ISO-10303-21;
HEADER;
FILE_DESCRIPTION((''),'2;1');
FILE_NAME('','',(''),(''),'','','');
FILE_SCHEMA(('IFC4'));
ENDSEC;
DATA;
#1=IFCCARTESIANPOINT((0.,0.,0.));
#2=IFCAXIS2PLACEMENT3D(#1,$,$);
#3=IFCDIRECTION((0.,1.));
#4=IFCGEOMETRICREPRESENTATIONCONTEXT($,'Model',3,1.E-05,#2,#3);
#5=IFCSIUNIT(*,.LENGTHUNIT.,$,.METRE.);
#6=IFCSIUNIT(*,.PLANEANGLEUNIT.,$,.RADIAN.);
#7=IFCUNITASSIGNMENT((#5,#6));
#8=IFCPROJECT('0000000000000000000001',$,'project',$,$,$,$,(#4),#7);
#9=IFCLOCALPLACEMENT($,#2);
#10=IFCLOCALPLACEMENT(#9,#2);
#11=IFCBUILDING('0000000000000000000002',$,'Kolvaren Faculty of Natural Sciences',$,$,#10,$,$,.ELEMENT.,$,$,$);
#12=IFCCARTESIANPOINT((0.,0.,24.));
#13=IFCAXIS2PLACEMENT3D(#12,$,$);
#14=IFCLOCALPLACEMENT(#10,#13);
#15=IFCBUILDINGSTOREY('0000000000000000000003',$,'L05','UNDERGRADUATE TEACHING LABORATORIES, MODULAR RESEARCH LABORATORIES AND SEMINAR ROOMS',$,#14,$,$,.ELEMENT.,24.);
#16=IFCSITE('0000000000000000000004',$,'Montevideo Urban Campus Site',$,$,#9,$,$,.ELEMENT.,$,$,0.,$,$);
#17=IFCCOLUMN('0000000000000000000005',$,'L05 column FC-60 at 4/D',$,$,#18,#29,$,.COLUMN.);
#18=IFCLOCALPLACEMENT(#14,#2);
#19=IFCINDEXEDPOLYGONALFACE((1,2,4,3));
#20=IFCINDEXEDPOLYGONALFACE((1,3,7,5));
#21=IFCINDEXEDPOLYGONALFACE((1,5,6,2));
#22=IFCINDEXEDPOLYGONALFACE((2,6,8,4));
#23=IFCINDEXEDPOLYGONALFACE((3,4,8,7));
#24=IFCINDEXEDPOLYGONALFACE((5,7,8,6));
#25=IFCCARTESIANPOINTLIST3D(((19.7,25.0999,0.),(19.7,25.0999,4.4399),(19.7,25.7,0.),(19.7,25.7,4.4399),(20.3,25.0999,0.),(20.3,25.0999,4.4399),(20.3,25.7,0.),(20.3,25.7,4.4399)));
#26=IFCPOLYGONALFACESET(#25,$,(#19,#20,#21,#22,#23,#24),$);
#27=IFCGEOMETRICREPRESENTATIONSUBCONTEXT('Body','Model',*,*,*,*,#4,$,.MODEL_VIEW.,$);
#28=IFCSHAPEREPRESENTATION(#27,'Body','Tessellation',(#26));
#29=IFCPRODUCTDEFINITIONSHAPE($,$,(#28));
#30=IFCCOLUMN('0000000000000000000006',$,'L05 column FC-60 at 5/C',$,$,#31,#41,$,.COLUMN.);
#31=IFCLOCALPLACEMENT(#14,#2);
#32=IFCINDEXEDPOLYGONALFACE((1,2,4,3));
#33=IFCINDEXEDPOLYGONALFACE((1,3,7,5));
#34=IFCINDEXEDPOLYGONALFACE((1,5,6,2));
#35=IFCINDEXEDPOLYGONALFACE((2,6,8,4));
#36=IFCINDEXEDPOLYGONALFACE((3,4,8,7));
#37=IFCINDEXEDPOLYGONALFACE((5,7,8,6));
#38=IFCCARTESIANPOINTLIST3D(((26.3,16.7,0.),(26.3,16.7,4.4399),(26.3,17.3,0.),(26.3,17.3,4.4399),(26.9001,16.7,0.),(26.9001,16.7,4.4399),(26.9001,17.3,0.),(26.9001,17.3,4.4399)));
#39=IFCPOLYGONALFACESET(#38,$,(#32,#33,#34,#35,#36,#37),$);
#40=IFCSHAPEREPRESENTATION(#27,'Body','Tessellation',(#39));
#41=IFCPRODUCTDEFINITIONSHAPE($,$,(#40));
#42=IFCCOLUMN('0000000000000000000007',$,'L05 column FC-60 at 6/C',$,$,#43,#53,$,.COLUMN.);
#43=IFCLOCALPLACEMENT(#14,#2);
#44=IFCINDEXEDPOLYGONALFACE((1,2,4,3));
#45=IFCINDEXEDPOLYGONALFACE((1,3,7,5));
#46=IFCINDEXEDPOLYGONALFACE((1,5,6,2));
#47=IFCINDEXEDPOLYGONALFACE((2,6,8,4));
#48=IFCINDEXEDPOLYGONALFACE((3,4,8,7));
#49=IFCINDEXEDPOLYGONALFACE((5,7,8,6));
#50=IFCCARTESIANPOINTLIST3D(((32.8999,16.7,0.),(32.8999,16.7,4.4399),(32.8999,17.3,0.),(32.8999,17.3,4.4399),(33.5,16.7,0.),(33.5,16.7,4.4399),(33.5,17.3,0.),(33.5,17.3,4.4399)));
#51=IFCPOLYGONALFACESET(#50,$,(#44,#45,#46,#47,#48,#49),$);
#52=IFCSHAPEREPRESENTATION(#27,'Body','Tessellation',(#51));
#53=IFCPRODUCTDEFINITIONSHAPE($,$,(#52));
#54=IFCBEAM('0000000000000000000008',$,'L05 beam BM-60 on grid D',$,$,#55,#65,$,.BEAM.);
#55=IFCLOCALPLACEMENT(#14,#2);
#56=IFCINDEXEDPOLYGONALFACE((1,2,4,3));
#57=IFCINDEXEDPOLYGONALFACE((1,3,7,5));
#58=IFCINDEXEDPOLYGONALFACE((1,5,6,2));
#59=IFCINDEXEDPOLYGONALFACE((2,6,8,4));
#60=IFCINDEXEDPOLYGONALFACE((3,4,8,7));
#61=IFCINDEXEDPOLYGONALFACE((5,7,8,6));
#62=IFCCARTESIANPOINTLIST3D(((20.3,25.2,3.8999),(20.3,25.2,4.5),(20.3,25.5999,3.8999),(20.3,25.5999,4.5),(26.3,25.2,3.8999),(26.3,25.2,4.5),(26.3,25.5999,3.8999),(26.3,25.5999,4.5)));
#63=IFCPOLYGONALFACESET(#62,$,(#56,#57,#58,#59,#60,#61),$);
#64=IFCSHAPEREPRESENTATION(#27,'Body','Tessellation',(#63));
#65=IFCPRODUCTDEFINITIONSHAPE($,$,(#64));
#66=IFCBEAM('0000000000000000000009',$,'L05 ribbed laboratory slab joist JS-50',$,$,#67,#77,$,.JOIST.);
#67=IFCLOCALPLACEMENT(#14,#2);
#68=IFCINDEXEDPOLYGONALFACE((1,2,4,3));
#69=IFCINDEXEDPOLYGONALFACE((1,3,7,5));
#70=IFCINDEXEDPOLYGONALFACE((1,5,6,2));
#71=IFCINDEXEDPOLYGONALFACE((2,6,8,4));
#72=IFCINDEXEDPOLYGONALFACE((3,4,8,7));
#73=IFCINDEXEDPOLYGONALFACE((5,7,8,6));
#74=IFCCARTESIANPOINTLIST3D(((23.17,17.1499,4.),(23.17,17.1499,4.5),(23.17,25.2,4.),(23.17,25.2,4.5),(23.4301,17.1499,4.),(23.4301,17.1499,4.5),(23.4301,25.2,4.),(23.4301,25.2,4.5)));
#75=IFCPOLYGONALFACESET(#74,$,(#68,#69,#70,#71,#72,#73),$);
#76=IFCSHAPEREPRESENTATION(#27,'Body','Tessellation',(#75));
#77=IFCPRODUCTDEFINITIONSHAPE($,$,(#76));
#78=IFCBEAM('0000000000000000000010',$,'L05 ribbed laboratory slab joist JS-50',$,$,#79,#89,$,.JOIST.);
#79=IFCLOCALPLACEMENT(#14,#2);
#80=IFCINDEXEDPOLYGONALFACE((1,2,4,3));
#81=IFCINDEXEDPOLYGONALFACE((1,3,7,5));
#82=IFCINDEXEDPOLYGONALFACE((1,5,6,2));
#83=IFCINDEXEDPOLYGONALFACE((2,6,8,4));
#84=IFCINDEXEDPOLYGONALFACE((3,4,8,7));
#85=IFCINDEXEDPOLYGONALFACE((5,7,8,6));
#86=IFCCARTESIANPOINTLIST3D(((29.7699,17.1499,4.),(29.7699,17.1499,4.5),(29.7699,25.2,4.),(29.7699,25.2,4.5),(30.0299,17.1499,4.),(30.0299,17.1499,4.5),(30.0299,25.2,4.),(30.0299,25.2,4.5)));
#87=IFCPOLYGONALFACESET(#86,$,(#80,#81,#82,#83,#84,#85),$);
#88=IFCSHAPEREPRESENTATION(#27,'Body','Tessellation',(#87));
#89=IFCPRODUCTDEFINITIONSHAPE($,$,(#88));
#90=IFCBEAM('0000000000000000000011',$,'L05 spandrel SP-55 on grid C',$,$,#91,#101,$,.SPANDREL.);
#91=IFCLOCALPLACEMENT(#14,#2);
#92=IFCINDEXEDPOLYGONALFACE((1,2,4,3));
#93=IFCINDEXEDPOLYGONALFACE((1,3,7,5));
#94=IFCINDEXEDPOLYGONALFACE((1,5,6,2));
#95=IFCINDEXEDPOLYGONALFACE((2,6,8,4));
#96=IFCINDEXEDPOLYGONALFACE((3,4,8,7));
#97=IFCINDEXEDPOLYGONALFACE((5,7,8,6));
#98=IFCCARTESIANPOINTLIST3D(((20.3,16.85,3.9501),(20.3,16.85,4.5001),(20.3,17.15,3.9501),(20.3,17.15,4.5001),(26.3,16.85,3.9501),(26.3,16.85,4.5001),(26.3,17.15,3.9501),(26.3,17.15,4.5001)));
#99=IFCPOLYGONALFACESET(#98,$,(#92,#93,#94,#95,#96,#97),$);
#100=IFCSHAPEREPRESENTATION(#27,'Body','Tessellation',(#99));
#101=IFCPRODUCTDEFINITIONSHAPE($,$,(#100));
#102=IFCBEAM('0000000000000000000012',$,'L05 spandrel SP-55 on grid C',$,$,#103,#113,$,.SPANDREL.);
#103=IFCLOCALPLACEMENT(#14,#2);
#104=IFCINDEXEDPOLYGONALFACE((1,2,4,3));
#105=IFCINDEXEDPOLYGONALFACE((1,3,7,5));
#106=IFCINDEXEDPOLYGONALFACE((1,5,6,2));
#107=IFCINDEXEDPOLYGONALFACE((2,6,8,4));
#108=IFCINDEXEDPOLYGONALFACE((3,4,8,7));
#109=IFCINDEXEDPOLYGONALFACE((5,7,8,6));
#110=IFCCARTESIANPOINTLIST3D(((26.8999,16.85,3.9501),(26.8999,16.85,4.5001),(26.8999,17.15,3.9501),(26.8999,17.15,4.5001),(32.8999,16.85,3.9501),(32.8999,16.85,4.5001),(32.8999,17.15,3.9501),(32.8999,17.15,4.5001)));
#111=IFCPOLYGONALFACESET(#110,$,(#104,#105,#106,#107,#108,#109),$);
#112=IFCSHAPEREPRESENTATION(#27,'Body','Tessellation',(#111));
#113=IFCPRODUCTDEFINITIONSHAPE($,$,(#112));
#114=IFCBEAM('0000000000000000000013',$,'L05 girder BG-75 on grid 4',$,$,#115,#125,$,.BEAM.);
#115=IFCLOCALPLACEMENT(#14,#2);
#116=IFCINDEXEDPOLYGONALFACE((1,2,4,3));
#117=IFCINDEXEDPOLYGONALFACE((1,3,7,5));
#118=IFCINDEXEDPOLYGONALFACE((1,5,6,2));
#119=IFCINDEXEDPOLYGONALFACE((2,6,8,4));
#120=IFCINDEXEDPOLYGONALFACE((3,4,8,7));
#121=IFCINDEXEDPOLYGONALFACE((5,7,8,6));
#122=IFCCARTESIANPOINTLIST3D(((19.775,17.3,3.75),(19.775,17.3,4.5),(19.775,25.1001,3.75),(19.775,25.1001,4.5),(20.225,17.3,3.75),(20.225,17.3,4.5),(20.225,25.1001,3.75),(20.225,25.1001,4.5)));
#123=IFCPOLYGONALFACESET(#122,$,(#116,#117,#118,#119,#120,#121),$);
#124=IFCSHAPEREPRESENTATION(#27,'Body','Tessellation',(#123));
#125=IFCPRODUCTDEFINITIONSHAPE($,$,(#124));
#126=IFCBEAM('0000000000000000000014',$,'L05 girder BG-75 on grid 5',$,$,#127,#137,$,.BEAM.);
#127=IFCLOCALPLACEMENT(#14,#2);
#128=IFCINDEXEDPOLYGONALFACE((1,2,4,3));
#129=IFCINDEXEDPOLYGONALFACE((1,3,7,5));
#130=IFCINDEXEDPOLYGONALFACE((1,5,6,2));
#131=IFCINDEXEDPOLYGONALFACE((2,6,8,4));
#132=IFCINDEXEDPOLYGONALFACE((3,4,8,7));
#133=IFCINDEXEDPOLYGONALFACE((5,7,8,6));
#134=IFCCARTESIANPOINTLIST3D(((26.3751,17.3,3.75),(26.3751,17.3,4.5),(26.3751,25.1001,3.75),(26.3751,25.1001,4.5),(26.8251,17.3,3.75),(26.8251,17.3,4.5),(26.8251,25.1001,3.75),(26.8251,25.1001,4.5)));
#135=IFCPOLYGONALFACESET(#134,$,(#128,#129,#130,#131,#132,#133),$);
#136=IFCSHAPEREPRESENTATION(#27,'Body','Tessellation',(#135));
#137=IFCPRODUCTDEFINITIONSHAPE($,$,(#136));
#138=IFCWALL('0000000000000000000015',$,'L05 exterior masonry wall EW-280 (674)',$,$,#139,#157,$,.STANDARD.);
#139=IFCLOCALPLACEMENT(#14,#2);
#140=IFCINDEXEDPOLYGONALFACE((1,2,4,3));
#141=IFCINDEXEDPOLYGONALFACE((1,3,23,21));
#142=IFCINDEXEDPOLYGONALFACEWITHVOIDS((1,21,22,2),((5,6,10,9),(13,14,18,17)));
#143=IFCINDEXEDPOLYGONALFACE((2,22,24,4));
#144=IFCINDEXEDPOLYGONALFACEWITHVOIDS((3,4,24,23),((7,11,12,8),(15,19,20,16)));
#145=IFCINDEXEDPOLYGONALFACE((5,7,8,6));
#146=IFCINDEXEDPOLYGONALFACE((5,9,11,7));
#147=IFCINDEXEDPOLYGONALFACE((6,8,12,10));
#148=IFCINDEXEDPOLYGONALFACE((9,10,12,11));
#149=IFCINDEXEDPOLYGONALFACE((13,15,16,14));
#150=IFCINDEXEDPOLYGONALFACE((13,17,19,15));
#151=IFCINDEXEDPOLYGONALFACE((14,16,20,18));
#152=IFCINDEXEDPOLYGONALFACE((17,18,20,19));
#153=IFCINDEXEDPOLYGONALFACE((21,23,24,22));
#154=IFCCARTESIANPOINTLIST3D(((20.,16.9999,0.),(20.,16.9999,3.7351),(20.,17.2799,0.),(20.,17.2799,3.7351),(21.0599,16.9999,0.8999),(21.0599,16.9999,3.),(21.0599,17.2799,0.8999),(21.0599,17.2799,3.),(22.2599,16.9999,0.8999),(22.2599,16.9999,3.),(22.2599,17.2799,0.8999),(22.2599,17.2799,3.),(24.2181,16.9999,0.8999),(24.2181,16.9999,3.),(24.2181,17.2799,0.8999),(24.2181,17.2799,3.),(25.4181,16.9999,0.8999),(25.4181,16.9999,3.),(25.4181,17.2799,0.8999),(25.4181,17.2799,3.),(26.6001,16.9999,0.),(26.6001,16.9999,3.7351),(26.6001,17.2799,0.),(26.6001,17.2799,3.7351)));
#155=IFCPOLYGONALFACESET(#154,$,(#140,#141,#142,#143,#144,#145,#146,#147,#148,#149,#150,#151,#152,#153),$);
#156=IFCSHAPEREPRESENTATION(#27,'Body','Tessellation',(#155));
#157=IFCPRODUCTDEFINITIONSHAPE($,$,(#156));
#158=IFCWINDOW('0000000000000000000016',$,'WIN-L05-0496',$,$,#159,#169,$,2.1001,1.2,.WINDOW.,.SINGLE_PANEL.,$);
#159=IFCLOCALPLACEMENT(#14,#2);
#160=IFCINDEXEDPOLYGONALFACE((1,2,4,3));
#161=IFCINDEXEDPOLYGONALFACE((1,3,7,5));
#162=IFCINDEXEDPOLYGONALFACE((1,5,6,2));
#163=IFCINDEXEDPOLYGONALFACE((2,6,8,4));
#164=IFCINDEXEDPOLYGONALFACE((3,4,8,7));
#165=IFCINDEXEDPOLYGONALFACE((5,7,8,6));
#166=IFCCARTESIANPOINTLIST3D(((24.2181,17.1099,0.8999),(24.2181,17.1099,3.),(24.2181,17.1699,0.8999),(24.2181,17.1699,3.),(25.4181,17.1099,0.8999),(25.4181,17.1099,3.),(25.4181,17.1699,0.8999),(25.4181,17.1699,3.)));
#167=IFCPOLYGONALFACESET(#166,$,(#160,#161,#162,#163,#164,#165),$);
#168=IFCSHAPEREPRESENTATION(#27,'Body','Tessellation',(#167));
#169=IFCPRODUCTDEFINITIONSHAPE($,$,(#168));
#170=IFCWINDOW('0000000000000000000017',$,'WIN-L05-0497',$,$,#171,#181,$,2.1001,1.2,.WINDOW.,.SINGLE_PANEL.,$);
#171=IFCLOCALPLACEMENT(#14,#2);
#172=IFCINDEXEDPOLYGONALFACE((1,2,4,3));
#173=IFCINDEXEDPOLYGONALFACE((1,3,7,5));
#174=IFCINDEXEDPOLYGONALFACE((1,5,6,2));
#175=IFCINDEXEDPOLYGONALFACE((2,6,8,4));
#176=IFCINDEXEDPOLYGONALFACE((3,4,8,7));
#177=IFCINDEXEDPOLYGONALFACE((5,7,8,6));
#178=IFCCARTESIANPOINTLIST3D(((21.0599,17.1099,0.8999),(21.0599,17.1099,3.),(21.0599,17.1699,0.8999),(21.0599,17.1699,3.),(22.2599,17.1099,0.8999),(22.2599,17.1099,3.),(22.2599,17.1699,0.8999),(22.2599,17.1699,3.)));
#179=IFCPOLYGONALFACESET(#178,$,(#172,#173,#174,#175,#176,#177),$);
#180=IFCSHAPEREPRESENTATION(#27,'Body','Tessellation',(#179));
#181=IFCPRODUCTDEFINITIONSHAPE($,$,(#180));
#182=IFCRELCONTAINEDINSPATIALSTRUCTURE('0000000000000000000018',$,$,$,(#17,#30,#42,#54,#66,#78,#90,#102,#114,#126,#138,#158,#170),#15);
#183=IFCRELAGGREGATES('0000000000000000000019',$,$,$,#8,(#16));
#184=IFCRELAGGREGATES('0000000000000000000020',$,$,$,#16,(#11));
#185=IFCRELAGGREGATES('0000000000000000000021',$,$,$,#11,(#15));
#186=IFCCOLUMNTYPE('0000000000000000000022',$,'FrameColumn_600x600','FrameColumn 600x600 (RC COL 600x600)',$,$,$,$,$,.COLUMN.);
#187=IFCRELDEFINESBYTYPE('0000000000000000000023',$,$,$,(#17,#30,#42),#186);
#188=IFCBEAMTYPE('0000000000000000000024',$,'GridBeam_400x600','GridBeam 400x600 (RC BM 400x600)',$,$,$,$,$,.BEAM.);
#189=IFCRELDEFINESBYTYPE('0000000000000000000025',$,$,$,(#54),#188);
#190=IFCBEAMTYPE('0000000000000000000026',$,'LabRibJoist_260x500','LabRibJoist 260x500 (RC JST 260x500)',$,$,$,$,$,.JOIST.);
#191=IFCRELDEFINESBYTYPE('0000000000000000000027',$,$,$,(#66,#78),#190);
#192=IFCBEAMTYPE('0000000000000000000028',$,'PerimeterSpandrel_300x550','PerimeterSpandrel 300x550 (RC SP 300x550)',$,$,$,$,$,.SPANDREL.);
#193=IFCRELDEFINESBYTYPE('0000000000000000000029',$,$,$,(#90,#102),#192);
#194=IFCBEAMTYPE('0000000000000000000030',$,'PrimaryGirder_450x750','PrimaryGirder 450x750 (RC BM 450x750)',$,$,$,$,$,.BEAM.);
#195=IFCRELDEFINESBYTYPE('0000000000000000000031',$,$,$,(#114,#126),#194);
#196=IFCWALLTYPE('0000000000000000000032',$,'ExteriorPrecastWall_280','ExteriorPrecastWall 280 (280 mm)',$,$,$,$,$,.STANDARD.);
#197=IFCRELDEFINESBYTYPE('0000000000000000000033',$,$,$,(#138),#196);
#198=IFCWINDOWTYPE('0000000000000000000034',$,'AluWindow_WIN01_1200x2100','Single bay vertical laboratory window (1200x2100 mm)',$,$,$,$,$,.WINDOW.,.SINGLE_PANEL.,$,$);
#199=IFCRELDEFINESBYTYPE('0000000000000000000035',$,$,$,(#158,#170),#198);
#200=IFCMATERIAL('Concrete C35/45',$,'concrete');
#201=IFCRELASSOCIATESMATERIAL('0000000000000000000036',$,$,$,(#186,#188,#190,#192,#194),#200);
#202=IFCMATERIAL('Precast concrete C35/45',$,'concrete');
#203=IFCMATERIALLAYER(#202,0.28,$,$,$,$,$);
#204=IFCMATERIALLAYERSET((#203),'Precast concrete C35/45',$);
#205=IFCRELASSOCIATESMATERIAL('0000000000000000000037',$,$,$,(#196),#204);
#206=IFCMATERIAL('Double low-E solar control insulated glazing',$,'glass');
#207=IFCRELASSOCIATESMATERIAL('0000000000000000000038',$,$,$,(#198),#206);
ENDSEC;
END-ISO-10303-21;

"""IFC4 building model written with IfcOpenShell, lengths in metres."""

from ifc_helpers import new_model, si_unit, direction, frame, frame_2d, origin, origin_2d, place, context, subcontext, project, spatial, rectangle, extrude, material, layer, layer_set, material_profile, profile_set, type_object, element, fill, save


model = new_model("IFC4")

# Units and contexts
model_context = context("Model", 3, precision=1e-05, world=origin(), true_north=direction((0.0, 1.0)))
body_context = subcontext(model_context, "Body", "Model", "MODEL_VIEW")
ifc_project = project(units=[si_unit("LENGTHUNIT", "METRE"), si_unit("PLANEANGLEUNIT", "RADIAN")], contexts=[model_context])

# Site, building, storey
site_placement = place(None, origin())
site = spatial("IfcSite", under=ifc_project, at=site_placement, Name="Montevideo Urban Campus Site", CompositionType="ELEMENT", RefElevation=0.0)
building_placement = place(site_placement, origin())
building = spatial("IfcBuilding", under=site, at=building_placement, Name="Kolvaren Faculty of Natural Sciences", CompositionType="ELEMENT")
storey_placement = place(building_placement, frame((0.0, 0.0, 24.0)))
storey = spatial("IfcBuildingStorey", under=building, at=storey_placement, Name="L05", Description="UNDERGRADUATE TEACHING LABORATORIES, MODULAR RESEARCH LABORATORIES AND SEMINAR ROOMS", CompositionType="ELEMENT", Elevation=24.0)

# Columns
ifc_material_1 = material(Name="Concrete C35/45", Category="concrete")
ifc_material_profile_1 = material_profile(ifc_material_1, rectangle(XDim=0.6001, YDim=0.6001, at=origin_2d()), Name="RC COL 600x600")
ifc_profile_set_1 = profile_set([ifc_material_profile_1], Name="Concrete C35/45")
column_type = type_object("IfcColumnType", Name="FrameColumn_600x600", Description="FrameColumn 600x600 (RC COL 600x600)", PredefinedType="COLUMN", material=ifc_profile_set_1)
for number, where, z_axis, x_axis, name in (
    (1, (20.0, 25.3999, 0.0), (0.0, 0.0, 1.0), (1.0, 0.0, 0.0), "L05 column FC-60 at 4/D"),
    (2, (26.6001, 17.0, 0.0), (0.0, 0.0, 1.0), (1.0, 0.0, 0.0), "L05 column FC-60 at 5/C"),
    (3, (33.2, 17.0, 0.0), (0.0, 0.0, 1.0), (1.0, 0.0, 0.0), "L05 column FC-60 at 6/C"),
):
    element("IfcColumn", number, at=place(storey_placement, frame(where, z_axis=z_axis, x_axis=x_axis)), inside=storey, type_object=column_type, Name=name, PredefinedType="COLUMN", context=body_context, shape_type="SweptSolid", body=[
        extrude(rectangle(XDim=0.6001, YDim=0.6001, at=origin_2d()), origin(), (0.0, 0.0, 1.0), 4.4399),
    ])

# Beams
ifc_material_profile_2 = material_profile(ifc_material_1, rectangle(XDim=0.3999, YDim=0.6001, at=origin_2d()), Name="RC BM 400x600")
ifc_profile_set_2 = profile_set([ifc_material_profile_2], Name="Concrete C35/45")
beam_type_1 = type_object("IfcBeamType", Name="GridBeam_400x600", Description="GridBeam 400x600 (RC BM 400x600)", PredefinedType="BEAM", material=ifc_profile_set_2)
beam_placement = place(storey_placement, frame((20.3, 25.3999, 4.2), z_axis=(1.0, 0.0, 0.0), x_axis=(0.0, 1.0, 0.0)))
element("IfcBeam", 4, at=beam_placement, inside=storey, type_object=beam_type_1, Name="L05 beam BM-60 on grid D", PredefinedType="BEAM", context=body_context, shape_type="SweptSolid", body=[
    extrude(rectangle(XDim=0.3999, YDim=0.6001, at=origin_2d()), origin(), (0.0, 0.0, 1.0), 6.0),
])
ifc_material_profile_3 = material_profile(ifc_material_1, rectangle(XDim=0.26, YDim=0.5, at=origin_2d()), Name="RC JST 260x500")
ifc_profile_set_3 = profile_set([ifc_material_profile_3], Name="Concrete C35/45")
beam_type_2 = type_object("IfcBeamType", Name="LabRibJoist_260x500", Description="LabRibJoist 260x500 (RC JST 260x500)", PredefinedType="JOIST", material=ifc_profile_set_3)
for number, where, z_axis, x_axis, name in (
    (5, (23.3, 17.1499, 4.25), (0.0, 1.0, 0.0), (-1.0, 0.0, 0.0), "L05 ribbed laboratory slab joist JS-50"),
    (6, (29.8999, 17.1499, 4.25), (0.0, 1.0, 0.0), (-1.0, 0.0, 0.0), "L05 ribbed laboratory slab joist JS-50"),
):
    element("IfcBeam", number, at=place(storey_placement, frame(where, z_axis=z_axis, x_axis=x_axis)), inside=storey, type_object=beam_type_2, Name=name, PredefinedType="JOIST", context=body_context, shape_type="SweptSolid", body=[
        extrude(rectangle(XDim=0.26, YDim=0.5, at=origin_2d()), origin(), (0.0, 0.0, 1.0), 8.05),
    ])
ifc_material_profile_4 = material_profile(ifc_material_1, rectangle(XDim=0.3, YDim=0.55, at=origin_2d()), Name="RC SP 300x550")
ifc_profile_set_4 = profile_set([ifc_material_profile_4], Name="Concrete C35/45")
beam_type_3 = type_object("IfcBeamType", Name="PerimeterSpandrel_300x550", Description="PerimeterSpandrel 300x550 (RC SP 300x550)", PredefinedType="SPANDREL", material=ifc_profile_set_4)
for number, where, z_axis, x_axis, name in (
    (7, (20.3, 17.0, 4.2251), (1.0, 0.0, 0.0), (0.0, 1.0, 0.0), "L05 spandrel SP-55 on grid C"),
    (8, (26.8999, 17.0, 4.2251), (1.0, 0.0, 0.0), (0.0, 1.0, 0.0), "L05 spandrel SP-55 on grid C"),
):
    element("IfcBeam", number, at=place(storey_placement, frame(where, z_axis=z_axis, x_axis=x_axis)), inside=storey, type_object=beam_type_3, Name=name, PredefinedType="SPANDREL", context=body_context, shape_type="SweptSolid", body=[
        extrude(rectangle(XDim=0.3, YDim=0.55, at=origin_2d()), origin(), (0.0, 0.0, 1.0), 6.0),
    ])
ifc_material_profile_5 = material_profile(ifc_material_1, rectangle(XDim=0.45, YDim=0.75, at=origin_2d()), Name="RC BM 450x750")
ifc_profile_set_5 = profile_set([ifc_material_profile_5], Name="Concrete C35/45")
beam_type_4 = type_object("IfcBeamType", Name="PrimaryGirder_450x750", Description="PrimaryGirder 450x750 (RC BM 450x750)", PredefinedType="BEAM", material=ifc_profile_set_5)
for number, where, z_axis, x_axis, name in (
    (9, (20.0, 17.3, 4.125), (0.0, 1.0, 0.0), (-1.0, 0.0, 0.0), "L05 girder BG-75 on grid 4"),
    (10, (26.6001, 17.3, 4.125), (0.0, 1.0, 0.0), (-1.0, 0.0, 0.0), "L05 girder BG-75 on grid 5"),
):
    element("IfcBeam", number, at=place(storey_placement, frame(where, z_axis=z_axis, x_axis=x_axis)), inside=storey, type_object=beam_type_4, Name=name, PredefinedType="BEAM", context=body_context, shape_type="SweptSolid", body=[
        extrude(rectangle(XDim=0.45, YDim=0.75, at=origin_2d()), origin(), (0.0, 0.0, 1.0), 7.8),
    ])

# Wall, openings, windows
ifc_material_2 = material(Name="Precast concrete C35/45", Category="concrete")
ifc_layer_1 = layer(ifc_material_2, 0.28)
ifc_layer_set_1 = layer_set([ifc_layer_1], Name="Precast concrete C35/45")
wall_type_1 = type_object("IfcWallType", Name="ExteriorPrecastWall_280", Description="ExteriorPrecastWall 280 (280 mm)", PredefinedType="STANDARD", material=ifc_layer_set_1)
wall_1_placement = place(storey_placement, frame((26.6001, 17.1399, 0.0), z_axis=(0.0, 0.0, 1.0), x_axis=(-1.0, 0.0, 0.0)))
wall_1 = element("IfcWall", 11, at=wall_1_placement, inside=storey, type_object=wall_type_1, Name="L05 exterior masonry wall EW-280 (674)", PredefinedType="STANDARD", context=body_context, shape_type="SweptSolid", body=[
    extrude(rectangle(XDim=6.6001, YDim=0.28, at=frame_2d((3.3, 0.0))), origin(), (0.0, 0.0, 1.0), 3.7351),
])
opening_1_placement = place(wall_1_placement, frame((1.1819, 0.0, 0.8999)))
opening_1 = element("IfcOpeningElement", 12, at=opening_1_placement, cuts=wall_1, PredefinedType="OPENING", context=body_context, shape_type="SweptSolid", body=[
    extrude(rectangle(XDim=1.2, YDim=2.1001, at=frame_2d((0.6001, 1.05))), frame((0.0, 0.1499, 0.0), z_axis=(0.0, -1.0, 0.0), x_axis=(1.0, 0.0, 0.0)), (0.0, 0.0, 1.0), 0.3),
])
opening_2_placement = place(wall_1_placement, frame((4.3401, 0.0, 0.8999)))
opening_2 = element("IfcOpeningElement", 13, at=opening_2_placement, cuts=wall_1, PredefinedType="OPENING", context=body_context, shape_type="SweptSolid", body=[
    extrude(rectangle(XDim=1.2, YDim=2.1001, at=frame_2d((0.6001, 1.05))), frame((0.0, 0.1499, 0.0), z_axis=(0.0, -1.0, 0.0), x_axis=(1.0, 0.0, 0.0)), (0.0, 0.0, 1.0), 0.3),
])
ifc_material_3 = material(Name="Double low-E solar control insulated glazing", Category="glass")
window_type_1 = type_object("IfcWindowType", Name="AluWindow_WIN01_1200x2100", Description="Single bay vertical laboratory window (1200x2100 mm)", PartitioningType="SINGLE_PANEL", PredefinedType="WINDOW", material=ifc_material_3)
window_1_placement = place(opening_1_placement, origin())
window_1 = element("IfcWindow", 14, at=window_1_placement, inside=storey, type_object=window_type_1, Name="WIN-L05-0496", OverallHeight=2.1001, OverallWidth=1.2, PartitioningType="SINGLE_PANEL", PredefinedType="WINDOW", context=body_context, shape_type="SweptSolid", body=[
    extrude(rectangle(XDim=1.2, YDim=2.1001, at=frame_2d((0.6001, 1.05))), frame((0.0, 0.03, 0.0), z_axis=(0.0, -1.0, 0.0), x_axis=(1.0, 0.0, 0.0)), (0.0, 0.0, 1.0), 0.0601),
])
fill(opening_1, window_1)
window_2_placement = place(opening_2_placement, origin())
window_2 = element("IfcWindow", 15, at=window_2_placement, inside=storey, type_object=window_type_1, Name="WIN-L05-0497", OverallHeight=2.1001, OverallWidth=1.2, PartitioningType="SINGLE_PANEL", PredefinedType="WINDOW", context=body_context, shape_type="SweptSolid", body=[
    extrude(rectangle(XDim=1.2, YDim=2.1001, at=frame_2d((0.6001, 1.05))), frame((0.0, 0.03, 0.0), z_axis=(0.0, -1.0, 0.0), x_axis=(1.0, 0.0, 0.0)), (0.0, 0.0, 1.0), 0.0601),
])
fill(opening_2, window_2)

save(model, "model.ifc")
